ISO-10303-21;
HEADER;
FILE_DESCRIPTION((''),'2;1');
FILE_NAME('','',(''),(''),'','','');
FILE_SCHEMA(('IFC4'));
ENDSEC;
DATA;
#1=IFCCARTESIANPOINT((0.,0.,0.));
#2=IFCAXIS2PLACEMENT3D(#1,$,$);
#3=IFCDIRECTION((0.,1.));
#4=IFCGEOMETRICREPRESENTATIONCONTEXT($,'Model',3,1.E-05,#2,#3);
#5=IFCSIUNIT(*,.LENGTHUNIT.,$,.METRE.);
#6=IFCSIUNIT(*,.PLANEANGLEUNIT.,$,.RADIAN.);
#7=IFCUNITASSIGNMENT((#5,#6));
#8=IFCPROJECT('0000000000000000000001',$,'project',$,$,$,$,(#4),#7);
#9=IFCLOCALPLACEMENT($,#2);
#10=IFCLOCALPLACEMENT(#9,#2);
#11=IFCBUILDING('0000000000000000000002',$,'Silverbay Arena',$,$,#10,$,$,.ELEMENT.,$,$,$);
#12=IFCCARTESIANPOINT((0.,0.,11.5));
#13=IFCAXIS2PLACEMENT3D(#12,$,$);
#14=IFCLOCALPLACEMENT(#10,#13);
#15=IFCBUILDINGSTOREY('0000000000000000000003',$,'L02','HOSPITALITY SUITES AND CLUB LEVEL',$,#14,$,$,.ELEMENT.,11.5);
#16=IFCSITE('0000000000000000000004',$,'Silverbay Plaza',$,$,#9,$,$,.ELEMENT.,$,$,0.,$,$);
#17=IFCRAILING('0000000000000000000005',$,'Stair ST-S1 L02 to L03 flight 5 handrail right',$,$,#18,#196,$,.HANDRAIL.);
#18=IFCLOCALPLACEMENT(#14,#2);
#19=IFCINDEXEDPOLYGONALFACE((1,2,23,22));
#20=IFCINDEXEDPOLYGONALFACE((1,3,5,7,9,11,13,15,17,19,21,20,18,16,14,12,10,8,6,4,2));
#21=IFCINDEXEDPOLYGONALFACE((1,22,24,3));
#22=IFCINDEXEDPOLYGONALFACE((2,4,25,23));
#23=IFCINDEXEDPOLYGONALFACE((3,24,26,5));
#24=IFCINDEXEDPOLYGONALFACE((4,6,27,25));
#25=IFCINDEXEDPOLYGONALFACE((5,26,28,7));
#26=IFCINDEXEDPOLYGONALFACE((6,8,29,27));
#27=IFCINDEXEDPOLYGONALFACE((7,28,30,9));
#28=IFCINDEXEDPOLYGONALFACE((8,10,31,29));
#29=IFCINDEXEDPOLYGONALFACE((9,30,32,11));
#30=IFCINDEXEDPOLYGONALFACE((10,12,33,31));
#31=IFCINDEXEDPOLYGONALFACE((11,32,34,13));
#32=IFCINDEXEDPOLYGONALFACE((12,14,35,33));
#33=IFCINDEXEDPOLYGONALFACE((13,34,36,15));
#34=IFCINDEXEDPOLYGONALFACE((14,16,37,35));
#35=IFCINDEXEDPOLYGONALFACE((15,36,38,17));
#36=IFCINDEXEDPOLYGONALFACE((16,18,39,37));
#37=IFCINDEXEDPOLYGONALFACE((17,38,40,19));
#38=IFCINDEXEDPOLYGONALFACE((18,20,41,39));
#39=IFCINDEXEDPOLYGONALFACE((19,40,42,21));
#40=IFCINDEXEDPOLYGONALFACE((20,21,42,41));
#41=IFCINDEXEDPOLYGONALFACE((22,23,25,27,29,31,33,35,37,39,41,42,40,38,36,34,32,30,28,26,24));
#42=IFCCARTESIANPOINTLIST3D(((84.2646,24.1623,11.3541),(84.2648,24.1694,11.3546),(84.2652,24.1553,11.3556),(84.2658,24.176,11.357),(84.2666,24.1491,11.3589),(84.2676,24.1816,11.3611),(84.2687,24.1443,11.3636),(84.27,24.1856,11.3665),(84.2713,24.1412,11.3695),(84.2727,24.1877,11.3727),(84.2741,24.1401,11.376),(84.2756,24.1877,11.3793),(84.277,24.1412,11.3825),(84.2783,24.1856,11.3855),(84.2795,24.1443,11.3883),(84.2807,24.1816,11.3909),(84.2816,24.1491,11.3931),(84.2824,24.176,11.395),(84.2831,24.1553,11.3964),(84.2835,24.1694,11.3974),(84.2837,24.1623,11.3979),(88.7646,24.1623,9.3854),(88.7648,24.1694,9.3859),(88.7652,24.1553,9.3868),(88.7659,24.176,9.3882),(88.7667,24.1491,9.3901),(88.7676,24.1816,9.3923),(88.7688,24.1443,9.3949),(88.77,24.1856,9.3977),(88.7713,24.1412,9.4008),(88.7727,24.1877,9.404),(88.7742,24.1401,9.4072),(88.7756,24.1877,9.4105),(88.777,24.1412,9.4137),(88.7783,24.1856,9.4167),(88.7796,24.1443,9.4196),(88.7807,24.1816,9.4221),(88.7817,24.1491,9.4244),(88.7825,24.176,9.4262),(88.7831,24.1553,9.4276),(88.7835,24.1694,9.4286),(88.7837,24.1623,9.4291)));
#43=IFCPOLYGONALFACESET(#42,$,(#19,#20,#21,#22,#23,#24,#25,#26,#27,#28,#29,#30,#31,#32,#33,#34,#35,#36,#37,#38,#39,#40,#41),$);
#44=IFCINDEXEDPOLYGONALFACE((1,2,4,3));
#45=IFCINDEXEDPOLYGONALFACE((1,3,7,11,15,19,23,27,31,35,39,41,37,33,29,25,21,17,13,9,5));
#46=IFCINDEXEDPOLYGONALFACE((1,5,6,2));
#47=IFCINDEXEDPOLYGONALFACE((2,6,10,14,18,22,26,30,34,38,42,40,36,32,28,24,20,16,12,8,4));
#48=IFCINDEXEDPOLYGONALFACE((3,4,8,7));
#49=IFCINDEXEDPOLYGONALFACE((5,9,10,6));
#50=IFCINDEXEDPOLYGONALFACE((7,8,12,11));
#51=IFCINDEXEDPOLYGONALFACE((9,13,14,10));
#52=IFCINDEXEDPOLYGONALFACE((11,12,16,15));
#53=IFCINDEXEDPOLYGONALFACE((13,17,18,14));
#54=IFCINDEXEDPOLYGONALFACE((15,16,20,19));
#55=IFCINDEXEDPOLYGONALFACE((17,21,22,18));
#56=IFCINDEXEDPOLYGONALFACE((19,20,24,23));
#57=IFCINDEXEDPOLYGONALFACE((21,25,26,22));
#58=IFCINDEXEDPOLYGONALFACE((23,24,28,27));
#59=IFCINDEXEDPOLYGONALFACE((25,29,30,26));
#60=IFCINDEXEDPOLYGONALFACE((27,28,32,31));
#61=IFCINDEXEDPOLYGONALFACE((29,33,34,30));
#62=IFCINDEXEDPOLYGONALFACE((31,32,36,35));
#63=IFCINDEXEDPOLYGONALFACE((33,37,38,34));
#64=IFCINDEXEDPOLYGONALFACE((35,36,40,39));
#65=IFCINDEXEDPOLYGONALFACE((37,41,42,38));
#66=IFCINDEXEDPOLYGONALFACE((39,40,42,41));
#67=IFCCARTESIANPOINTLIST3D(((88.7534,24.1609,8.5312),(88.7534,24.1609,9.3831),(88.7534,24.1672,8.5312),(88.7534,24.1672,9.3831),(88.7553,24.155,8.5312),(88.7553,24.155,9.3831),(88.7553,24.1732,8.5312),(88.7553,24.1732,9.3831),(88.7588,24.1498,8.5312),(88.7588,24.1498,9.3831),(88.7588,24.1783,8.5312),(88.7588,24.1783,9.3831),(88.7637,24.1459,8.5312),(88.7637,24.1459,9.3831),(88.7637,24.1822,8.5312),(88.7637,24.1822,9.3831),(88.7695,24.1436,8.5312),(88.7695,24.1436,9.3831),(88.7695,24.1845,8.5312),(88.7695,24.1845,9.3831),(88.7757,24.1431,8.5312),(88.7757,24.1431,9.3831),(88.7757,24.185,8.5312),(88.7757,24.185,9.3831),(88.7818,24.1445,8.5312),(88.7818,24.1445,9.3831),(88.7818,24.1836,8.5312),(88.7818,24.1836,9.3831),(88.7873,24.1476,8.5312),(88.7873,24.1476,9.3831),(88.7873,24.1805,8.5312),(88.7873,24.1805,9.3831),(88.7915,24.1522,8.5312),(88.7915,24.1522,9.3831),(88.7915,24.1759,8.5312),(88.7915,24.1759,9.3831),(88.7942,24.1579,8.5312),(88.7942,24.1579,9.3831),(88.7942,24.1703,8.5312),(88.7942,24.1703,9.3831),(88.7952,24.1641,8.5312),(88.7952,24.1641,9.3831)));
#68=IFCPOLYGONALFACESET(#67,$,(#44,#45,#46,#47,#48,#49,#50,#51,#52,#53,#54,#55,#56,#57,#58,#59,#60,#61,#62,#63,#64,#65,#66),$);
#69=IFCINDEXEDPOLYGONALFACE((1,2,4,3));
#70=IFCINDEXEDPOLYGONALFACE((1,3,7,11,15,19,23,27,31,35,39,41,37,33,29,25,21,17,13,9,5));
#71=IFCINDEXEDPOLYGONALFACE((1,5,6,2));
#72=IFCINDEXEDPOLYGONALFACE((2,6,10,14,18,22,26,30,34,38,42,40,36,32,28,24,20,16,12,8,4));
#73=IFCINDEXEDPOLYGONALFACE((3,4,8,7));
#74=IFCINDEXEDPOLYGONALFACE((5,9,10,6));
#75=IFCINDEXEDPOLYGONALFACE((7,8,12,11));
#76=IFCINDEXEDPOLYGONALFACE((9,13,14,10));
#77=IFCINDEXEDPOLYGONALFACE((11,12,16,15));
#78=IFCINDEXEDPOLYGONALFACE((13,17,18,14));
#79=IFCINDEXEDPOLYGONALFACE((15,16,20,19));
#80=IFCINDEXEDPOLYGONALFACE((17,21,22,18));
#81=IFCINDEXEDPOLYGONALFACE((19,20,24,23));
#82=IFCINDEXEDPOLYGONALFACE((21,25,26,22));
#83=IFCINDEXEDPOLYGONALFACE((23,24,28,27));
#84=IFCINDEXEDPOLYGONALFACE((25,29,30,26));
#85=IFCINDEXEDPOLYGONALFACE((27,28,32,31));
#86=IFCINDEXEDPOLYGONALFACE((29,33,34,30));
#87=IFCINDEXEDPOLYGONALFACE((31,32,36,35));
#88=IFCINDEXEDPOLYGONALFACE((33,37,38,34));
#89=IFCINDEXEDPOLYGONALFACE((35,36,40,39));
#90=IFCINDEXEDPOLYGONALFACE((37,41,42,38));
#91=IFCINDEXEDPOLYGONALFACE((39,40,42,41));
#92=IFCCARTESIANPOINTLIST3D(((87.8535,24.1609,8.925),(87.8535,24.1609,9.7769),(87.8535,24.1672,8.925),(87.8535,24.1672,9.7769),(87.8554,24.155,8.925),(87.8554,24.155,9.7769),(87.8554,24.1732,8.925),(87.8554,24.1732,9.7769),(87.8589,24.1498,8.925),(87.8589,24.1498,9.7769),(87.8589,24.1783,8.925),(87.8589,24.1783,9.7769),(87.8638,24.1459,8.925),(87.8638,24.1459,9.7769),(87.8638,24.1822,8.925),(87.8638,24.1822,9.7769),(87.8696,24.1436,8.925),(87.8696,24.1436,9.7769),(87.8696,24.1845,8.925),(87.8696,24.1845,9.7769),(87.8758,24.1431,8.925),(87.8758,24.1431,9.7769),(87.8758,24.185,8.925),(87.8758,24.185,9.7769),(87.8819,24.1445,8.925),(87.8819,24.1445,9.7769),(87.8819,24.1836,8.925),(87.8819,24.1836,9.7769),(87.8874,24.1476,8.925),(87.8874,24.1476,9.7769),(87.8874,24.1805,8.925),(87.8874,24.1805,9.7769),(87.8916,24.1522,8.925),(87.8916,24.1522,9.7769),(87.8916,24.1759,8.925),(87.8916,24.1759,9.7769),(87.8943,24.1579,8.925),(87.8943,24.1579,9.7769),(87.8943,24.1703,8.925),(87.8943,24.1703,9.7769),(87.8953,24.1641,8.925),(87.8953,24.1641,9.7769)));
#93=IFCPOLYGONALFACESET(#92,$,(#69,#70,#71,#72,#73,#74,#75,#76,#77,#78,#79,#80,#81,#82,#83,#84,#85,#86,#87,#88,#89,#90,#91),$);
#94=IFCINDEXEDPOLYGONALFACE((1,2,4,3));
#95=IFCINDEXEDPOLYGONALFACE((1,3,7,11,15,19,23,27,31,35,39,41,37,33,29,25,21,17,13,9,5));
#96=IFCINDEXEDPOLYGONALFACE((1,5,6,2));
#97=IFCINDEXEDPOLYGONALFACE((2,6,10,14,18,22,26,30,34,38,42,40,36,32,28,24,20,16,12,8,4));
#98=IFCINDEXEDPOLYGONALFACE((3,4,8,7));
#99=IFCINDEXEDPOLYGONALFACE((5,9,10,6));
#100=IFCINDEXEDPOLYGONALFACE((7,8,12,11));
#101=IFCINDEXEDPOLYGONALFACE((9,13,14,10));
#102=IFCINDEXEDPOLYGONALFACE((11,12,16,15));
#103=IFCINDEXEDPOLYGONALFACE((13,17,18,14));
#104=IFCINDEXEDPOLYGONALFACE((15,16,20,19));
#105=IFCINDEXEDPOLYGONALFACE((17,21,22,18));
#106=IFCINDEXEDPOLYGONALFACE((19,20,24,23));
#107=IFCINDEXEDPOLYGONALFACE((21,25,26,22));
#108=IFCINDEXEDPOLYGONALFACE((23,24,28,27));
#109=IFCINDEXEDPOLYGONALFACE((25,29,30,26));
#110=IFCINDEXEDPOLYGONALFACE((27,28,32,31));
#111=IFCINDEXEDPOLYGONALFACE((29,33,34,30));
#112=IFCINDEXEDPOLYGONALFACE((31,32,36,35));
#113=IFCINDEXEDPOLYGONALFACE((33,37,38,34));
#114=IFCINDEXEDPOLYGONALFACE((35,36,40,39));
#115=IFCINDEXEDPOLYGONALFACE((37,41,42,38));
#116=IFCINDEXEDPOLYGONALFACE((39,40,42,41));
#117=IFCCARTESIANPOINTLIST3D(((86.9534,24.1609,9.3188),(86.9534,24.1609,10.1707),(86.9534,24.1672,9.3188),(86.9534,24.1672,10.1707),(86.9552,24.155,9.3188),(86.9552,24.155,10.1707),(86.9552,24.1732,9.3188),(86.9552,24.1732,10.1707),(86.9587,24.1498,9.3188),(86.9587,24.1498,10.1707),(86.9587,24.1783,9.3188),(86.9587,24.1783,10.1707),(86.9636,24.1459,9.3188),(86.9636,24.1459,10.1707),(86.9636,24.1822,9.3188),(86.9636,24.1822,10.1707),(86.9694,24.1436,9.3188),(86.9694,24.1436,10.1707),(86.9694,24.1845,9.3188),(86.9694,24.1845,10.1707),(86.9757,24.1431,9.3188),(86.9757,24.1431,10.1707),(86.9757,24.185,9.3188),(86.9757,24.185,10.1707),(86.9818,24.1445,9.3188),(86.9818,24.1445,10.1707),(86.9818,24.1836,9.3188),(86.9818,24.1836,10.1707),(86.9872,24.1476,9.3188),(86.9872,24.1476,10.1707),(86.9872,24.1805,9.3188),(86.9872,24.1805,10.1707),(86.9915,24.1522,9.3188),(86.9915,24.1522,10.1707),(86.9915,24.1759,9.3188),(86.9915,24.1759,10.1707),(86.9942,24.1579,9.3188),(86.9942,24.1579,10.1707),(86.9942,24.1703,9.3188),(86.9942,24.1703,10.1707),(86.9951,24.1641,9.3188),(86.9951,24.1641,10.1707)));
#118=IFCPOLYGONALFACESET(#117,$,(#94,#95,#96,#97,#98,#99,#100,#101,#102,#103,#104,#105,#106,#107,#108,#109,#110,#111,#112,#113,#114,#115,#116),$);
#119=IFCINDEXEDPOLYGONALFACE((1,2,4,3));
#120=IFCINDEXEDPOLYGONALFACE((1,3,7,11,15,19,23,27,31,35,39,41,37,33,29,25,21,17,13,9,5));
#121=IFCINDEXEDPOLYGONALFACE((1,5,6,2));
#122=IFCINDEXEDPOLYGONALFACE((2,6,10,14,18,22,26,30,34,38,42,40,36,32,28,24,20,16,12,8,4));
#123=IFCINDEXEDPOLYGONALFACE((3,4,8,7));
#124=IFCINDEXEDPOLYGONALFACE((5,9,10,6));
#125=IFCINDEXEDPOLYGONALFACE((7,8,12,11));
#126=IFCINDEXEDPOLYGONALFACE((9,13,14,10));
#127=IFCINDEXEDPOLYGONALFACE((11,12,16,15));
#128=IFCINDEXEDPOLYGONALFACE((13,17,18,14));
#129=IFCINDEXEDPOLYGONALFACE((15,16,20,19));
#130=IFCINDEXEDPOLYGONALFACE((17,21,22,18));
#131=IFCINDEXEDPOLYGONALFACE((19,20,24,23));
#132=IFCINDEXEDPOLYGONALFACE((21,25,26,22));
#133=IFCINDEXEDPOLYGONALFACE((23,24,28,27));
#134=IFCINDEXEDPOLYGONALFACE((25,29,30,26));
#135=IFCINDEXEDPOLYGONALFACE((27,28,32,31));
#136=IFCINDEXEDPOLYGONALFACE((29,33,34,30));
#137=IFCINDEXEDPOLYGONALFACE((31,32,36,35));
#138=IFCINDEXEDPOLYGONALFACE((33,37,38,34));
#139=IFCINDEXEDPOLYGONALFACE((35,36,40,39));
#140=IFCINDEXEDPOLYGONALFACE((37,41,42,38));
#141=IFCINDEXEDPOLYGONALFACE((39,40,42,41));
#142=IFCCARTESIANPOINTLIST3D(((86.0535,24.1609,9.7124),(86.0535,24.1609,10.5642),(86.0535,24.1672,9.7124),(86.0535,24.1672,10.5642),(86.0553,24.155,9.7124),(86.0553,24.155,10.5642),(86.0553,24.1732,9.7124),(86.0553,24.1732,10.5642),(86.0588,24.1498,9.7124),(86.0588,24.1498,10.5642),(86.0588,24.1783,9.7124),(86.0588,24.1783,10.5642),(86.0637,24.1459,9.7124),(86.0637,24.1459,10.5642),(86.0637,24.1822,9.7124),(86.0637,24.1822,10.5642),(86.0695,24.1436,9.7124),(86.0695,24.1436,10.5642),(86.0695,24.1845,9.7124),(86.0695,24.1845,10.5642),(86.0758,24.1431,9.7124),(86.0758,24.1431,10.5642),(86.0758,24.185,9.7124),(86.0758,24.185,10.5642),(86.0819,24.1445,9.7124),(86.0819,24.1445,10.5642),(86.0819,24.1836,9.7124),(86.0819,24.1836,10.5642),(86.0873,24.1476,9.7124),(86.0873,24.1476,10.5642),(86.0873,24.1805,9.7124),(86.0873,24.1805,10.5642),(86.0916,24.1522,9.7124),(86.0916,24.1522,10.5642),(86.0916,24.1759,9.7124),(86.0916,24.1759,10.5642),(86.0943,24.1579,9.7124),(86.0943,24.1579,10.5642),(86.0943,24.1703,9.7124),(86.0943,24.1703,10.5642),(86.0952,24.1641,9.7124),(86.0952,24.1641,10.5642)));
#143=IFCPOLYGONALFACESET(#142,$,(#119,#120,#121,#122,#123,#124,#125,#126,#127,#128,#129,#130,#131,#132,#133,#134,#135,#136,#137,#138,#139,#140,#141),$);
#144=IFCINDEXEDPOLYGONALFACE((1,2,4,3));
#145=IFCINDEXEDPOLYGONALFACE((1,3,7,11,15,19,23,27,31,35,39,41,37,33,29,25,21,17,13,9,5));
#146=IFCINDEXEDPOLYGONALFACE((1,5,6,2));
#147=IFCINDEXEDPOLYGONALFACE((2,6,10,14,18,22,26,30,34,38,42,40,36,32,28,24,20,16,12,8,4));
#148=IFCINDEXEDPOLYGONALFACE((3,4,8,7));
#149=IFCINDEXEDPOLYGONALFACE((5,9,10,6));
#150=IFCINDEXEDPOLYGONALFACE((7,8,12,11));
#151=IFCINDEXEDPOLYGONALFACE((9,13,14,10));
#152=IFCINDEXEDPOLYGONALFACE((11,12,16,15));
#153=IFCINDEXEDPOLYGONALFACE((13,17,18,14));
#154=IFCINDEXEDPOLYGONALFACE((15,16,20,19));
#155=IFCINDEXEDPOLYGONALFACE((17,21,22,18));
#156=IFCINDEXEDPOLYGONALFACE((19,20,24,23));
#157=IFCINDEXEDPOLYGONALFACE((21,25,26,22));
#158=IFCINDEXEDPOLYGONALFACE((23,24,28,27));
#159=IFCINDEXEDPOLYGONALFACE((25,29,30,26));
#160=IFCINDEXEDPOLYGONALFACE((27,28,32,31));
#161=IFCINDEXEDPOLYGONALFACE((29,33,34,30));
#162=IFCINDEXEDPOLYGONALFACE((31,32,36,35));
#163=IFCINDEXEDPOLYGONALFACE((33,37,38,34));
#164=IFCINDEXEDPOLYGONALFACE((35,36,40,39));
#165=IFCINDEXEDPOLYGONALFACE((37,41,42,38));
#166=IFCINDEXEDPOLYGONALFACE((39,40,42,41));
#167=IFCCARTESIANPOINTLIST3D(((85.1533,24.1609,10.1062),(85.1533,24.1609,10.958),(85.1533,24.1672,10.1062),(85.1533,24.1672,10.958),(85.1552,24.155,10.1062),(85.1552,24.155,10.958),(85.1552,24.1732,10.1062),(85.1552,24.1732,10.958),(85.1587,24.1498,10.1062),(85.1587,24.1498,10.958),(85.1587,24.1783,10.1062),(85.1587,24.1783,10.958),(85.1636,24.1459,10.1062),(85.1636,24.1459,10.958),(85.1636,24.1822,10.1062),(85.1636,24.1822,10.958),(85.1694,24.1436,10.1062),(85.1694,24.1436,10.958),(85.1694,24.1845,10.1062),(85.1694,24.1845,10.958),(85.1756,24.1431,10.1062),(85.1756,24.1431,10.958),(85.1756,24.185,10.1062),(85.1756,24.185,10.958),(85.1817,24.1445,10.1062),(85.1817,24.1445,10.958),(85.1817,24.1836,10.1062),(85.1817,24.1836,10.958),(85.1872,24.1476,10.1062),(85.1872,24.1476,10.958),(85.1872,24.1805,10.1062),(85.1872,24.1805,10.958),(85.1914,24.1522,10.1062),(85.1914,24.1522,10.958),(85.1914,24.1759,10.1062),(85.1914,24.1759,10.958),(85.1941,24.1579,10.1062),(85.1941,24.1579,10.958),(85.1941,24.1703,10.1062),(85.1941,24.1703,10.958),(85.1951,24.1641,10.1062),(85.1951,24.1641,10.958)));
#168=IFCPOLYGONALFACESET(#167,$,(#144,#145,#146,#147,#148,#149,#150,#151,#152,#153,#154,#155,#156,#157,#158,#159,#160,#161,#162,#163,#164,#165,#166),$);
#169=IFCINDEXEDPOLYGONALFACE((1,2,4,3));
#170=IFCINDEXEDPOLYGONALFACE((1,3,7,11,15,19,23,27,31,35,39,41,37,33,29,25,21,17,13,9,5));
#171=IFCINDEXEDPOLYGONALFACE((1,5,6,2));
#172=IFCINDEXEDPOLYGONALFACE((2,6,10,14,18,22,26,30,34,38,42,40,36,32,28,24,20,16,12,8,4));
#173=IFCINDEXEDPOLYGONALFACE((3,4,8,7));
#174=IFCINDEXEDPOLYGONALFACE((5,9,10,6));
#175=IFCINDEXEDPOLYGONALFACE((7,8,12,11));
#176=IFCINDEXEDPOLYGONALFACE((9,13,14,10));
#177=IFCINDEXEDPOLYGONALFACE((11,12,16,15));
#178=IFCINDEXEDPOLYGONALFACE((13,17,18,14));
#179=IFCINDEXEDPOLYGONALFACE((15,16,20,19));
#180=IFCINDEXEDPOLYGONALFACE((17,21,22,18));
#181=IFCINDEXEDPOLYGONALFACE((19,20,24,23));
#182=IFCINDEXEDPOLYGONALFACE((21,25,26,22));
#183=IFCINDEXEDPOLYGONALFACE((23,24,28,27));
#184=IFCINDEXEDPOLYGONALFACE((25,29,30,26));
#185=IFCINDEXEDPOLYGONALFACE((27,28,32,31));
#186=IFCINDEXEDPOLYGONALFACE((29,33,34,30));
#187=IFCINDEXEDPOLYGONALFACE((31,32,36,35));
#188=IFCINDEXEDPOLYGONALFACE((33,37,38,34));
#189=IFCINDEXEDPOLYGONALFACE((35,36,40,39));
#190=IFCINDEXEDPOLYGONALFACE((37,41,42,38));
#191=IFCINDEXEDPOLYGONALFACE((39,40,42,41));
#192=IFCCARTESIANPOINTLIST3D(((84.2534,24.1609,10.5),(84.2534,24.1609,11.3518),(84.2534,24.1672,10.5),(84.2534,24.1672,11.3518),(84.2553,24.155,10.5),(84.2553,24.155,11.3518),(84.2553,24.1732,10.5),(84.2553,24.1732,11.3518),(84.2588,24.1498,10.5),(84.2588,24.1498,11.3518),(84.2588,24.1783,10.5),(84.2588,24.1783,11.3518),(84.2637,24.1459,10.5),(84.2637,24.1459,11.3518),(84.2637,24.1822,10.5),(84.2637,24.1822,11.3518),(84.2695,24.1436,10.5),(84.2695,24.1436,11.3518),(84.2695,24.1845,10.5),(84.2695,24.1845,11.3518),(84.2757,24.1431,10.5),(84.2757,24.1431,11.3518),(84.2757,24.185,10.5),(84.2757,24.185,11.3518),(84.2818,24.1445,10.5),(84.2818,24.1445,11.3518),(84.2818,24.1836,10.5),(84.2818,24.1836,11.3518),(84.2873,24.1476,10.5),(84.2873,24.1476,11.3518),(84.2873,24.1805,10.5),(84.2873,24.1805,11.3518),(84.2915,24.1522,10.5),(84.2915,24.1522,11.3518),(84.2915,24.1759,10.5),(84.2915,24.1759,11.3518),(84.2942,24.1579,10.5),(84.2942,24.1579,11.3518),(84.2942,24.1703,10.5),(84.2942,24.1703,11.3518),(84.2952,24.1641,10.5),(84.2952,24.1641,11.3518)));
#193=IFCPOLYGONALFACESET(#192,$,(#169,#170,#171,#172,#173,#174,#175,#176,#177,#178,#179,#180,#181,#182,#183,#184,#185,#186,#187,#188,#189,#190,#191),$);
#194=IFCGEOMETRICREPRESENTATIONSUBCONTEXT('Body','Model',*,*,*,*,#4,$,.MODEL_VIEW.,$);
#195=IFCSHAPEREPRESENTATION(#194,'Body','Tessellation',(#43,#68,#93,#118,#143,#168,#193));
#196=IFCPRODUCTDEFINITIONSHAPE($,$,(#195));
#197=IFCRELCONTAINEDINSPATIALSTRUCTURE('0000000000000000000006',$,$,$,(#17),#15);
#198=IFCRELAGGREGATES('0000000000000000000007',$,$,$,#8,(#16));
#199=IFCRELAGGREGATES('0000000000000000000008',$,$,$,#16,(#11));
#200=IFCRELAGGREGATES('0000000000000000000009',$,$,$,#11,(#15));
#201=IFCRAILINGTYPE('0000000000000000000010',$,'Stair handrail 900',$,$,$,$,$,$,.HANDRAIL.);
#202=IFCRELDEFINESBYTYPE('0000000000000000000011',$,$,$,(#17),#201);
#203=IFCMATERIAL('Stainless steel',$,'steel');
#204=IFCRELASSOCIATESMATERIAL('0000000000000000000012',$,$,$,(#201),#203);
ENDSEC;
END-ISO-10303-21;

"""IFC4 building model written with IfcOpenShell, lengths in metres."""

from ifc_helpers import new_model, si_unit, direction, frame, origin, origin_2d, place, context, subcontext, project, spatial, circle, extrude, material, type_object, element, save


model = new_model("IFC4")

# Units and contexts
model_context = context("Model", 3, precision=1e-05, world=origin(), true_north=direction((0.0, 1.0)))
body_context = subcontext(model_context, "Body", "Model", "MODEL_VIEW")
ifc_project = project(units=[si_unit("LENGTHUNIT", "METRE"), si_unit("PLANEANGLEUNIT", "RADIAN")], contexts=[model_context])

# Site, building, storey
site_placement = place(None, origin())
site = spatial("IfcSite", under=ifc_project, at=site_placement, Name="Silverbay Plaza", CompositionType="ELEMENT", RefElevation=0.0)
building_placement = place(site_placement, origin())
building = spatial("IfcBuilding", under=site, at=building_placement, Name="Silverbay Arena", CompositionType="ELEMENT")
storey_placement = place(building_placement, frame((0.0, 0.0, 11.5)))
storey = spatial("IfcBuildingStorey", under=building, at=storey_placement, Name="L02", Description="HOSPITALITY SUITES AND CLUB LEVEL", CompositionType="ELEMENT", Elevation=11.5)

# Railing
ifc_material_1 = material(Name="Stainless steel", Category="steel")
railing_type_1 = type_object("IfcRailingType", Name="Stair handrail 900", PredefinedType="HANDRAIL", material=ifc_material_1)
for number, where, name in (
    (1, (88.7742, 24.1641, 8.5312), "Stair ST-S1 L02 to L03 flight 5 handrail right"),
):
    element("IfcRailing", number, at=place(storey_placement, frame(where)), inside=storey, type_object=railing_type_1, Name=name, PredefinedType="HANDRAIL", context=body_context, shape_type="SweptSolid", body=[
        extrude(circle(Radius=0.0239, at=origin_2d()), frame((0.0, 0.0, 0.876), z_axis=(-0.916157, 0.0, 0.400819), x_axis=(0.0, -1.0, 0.0)), (0.0, 0.0, 1.0), 4.9119),
        extrude(circle(Radius=0.021, at=origin_2d()), origin(), (0.0, 0.0, 1.0), 0.8518),
        extrude(circle(Radius=0.021, at=origin_2d()), frame((-0.8999, 0.0, 0.3938)), (0.0, 0.0, 1.0), 0.8518),
        extrude(circle(Radius=0.021, at=origin_2d()), frame((-1.8, 0.0, 0.7876)), (0.0, 0.0, 1.0), 0.8518),
        extrude(circle(Radius=0.021, at=origin_2d()), frame((-2.7, 0.0, 1.1812)), (0.0, 0.0, 1.0), 0.8518),
        extrude(circle(Radius=0.021, at=origin_2d()), frame((-3.6001, 0.0, 1.575)), (0.0, 0.0, 1.0), 0.8518),
        extrude(circle(Radius=0.021, at=origin_2d()), frame((-4.5, 0.0, 1.9688)), (0.0, 0.0, 1.0), 0.8518),
    ])

save(model, "model.ifc")
